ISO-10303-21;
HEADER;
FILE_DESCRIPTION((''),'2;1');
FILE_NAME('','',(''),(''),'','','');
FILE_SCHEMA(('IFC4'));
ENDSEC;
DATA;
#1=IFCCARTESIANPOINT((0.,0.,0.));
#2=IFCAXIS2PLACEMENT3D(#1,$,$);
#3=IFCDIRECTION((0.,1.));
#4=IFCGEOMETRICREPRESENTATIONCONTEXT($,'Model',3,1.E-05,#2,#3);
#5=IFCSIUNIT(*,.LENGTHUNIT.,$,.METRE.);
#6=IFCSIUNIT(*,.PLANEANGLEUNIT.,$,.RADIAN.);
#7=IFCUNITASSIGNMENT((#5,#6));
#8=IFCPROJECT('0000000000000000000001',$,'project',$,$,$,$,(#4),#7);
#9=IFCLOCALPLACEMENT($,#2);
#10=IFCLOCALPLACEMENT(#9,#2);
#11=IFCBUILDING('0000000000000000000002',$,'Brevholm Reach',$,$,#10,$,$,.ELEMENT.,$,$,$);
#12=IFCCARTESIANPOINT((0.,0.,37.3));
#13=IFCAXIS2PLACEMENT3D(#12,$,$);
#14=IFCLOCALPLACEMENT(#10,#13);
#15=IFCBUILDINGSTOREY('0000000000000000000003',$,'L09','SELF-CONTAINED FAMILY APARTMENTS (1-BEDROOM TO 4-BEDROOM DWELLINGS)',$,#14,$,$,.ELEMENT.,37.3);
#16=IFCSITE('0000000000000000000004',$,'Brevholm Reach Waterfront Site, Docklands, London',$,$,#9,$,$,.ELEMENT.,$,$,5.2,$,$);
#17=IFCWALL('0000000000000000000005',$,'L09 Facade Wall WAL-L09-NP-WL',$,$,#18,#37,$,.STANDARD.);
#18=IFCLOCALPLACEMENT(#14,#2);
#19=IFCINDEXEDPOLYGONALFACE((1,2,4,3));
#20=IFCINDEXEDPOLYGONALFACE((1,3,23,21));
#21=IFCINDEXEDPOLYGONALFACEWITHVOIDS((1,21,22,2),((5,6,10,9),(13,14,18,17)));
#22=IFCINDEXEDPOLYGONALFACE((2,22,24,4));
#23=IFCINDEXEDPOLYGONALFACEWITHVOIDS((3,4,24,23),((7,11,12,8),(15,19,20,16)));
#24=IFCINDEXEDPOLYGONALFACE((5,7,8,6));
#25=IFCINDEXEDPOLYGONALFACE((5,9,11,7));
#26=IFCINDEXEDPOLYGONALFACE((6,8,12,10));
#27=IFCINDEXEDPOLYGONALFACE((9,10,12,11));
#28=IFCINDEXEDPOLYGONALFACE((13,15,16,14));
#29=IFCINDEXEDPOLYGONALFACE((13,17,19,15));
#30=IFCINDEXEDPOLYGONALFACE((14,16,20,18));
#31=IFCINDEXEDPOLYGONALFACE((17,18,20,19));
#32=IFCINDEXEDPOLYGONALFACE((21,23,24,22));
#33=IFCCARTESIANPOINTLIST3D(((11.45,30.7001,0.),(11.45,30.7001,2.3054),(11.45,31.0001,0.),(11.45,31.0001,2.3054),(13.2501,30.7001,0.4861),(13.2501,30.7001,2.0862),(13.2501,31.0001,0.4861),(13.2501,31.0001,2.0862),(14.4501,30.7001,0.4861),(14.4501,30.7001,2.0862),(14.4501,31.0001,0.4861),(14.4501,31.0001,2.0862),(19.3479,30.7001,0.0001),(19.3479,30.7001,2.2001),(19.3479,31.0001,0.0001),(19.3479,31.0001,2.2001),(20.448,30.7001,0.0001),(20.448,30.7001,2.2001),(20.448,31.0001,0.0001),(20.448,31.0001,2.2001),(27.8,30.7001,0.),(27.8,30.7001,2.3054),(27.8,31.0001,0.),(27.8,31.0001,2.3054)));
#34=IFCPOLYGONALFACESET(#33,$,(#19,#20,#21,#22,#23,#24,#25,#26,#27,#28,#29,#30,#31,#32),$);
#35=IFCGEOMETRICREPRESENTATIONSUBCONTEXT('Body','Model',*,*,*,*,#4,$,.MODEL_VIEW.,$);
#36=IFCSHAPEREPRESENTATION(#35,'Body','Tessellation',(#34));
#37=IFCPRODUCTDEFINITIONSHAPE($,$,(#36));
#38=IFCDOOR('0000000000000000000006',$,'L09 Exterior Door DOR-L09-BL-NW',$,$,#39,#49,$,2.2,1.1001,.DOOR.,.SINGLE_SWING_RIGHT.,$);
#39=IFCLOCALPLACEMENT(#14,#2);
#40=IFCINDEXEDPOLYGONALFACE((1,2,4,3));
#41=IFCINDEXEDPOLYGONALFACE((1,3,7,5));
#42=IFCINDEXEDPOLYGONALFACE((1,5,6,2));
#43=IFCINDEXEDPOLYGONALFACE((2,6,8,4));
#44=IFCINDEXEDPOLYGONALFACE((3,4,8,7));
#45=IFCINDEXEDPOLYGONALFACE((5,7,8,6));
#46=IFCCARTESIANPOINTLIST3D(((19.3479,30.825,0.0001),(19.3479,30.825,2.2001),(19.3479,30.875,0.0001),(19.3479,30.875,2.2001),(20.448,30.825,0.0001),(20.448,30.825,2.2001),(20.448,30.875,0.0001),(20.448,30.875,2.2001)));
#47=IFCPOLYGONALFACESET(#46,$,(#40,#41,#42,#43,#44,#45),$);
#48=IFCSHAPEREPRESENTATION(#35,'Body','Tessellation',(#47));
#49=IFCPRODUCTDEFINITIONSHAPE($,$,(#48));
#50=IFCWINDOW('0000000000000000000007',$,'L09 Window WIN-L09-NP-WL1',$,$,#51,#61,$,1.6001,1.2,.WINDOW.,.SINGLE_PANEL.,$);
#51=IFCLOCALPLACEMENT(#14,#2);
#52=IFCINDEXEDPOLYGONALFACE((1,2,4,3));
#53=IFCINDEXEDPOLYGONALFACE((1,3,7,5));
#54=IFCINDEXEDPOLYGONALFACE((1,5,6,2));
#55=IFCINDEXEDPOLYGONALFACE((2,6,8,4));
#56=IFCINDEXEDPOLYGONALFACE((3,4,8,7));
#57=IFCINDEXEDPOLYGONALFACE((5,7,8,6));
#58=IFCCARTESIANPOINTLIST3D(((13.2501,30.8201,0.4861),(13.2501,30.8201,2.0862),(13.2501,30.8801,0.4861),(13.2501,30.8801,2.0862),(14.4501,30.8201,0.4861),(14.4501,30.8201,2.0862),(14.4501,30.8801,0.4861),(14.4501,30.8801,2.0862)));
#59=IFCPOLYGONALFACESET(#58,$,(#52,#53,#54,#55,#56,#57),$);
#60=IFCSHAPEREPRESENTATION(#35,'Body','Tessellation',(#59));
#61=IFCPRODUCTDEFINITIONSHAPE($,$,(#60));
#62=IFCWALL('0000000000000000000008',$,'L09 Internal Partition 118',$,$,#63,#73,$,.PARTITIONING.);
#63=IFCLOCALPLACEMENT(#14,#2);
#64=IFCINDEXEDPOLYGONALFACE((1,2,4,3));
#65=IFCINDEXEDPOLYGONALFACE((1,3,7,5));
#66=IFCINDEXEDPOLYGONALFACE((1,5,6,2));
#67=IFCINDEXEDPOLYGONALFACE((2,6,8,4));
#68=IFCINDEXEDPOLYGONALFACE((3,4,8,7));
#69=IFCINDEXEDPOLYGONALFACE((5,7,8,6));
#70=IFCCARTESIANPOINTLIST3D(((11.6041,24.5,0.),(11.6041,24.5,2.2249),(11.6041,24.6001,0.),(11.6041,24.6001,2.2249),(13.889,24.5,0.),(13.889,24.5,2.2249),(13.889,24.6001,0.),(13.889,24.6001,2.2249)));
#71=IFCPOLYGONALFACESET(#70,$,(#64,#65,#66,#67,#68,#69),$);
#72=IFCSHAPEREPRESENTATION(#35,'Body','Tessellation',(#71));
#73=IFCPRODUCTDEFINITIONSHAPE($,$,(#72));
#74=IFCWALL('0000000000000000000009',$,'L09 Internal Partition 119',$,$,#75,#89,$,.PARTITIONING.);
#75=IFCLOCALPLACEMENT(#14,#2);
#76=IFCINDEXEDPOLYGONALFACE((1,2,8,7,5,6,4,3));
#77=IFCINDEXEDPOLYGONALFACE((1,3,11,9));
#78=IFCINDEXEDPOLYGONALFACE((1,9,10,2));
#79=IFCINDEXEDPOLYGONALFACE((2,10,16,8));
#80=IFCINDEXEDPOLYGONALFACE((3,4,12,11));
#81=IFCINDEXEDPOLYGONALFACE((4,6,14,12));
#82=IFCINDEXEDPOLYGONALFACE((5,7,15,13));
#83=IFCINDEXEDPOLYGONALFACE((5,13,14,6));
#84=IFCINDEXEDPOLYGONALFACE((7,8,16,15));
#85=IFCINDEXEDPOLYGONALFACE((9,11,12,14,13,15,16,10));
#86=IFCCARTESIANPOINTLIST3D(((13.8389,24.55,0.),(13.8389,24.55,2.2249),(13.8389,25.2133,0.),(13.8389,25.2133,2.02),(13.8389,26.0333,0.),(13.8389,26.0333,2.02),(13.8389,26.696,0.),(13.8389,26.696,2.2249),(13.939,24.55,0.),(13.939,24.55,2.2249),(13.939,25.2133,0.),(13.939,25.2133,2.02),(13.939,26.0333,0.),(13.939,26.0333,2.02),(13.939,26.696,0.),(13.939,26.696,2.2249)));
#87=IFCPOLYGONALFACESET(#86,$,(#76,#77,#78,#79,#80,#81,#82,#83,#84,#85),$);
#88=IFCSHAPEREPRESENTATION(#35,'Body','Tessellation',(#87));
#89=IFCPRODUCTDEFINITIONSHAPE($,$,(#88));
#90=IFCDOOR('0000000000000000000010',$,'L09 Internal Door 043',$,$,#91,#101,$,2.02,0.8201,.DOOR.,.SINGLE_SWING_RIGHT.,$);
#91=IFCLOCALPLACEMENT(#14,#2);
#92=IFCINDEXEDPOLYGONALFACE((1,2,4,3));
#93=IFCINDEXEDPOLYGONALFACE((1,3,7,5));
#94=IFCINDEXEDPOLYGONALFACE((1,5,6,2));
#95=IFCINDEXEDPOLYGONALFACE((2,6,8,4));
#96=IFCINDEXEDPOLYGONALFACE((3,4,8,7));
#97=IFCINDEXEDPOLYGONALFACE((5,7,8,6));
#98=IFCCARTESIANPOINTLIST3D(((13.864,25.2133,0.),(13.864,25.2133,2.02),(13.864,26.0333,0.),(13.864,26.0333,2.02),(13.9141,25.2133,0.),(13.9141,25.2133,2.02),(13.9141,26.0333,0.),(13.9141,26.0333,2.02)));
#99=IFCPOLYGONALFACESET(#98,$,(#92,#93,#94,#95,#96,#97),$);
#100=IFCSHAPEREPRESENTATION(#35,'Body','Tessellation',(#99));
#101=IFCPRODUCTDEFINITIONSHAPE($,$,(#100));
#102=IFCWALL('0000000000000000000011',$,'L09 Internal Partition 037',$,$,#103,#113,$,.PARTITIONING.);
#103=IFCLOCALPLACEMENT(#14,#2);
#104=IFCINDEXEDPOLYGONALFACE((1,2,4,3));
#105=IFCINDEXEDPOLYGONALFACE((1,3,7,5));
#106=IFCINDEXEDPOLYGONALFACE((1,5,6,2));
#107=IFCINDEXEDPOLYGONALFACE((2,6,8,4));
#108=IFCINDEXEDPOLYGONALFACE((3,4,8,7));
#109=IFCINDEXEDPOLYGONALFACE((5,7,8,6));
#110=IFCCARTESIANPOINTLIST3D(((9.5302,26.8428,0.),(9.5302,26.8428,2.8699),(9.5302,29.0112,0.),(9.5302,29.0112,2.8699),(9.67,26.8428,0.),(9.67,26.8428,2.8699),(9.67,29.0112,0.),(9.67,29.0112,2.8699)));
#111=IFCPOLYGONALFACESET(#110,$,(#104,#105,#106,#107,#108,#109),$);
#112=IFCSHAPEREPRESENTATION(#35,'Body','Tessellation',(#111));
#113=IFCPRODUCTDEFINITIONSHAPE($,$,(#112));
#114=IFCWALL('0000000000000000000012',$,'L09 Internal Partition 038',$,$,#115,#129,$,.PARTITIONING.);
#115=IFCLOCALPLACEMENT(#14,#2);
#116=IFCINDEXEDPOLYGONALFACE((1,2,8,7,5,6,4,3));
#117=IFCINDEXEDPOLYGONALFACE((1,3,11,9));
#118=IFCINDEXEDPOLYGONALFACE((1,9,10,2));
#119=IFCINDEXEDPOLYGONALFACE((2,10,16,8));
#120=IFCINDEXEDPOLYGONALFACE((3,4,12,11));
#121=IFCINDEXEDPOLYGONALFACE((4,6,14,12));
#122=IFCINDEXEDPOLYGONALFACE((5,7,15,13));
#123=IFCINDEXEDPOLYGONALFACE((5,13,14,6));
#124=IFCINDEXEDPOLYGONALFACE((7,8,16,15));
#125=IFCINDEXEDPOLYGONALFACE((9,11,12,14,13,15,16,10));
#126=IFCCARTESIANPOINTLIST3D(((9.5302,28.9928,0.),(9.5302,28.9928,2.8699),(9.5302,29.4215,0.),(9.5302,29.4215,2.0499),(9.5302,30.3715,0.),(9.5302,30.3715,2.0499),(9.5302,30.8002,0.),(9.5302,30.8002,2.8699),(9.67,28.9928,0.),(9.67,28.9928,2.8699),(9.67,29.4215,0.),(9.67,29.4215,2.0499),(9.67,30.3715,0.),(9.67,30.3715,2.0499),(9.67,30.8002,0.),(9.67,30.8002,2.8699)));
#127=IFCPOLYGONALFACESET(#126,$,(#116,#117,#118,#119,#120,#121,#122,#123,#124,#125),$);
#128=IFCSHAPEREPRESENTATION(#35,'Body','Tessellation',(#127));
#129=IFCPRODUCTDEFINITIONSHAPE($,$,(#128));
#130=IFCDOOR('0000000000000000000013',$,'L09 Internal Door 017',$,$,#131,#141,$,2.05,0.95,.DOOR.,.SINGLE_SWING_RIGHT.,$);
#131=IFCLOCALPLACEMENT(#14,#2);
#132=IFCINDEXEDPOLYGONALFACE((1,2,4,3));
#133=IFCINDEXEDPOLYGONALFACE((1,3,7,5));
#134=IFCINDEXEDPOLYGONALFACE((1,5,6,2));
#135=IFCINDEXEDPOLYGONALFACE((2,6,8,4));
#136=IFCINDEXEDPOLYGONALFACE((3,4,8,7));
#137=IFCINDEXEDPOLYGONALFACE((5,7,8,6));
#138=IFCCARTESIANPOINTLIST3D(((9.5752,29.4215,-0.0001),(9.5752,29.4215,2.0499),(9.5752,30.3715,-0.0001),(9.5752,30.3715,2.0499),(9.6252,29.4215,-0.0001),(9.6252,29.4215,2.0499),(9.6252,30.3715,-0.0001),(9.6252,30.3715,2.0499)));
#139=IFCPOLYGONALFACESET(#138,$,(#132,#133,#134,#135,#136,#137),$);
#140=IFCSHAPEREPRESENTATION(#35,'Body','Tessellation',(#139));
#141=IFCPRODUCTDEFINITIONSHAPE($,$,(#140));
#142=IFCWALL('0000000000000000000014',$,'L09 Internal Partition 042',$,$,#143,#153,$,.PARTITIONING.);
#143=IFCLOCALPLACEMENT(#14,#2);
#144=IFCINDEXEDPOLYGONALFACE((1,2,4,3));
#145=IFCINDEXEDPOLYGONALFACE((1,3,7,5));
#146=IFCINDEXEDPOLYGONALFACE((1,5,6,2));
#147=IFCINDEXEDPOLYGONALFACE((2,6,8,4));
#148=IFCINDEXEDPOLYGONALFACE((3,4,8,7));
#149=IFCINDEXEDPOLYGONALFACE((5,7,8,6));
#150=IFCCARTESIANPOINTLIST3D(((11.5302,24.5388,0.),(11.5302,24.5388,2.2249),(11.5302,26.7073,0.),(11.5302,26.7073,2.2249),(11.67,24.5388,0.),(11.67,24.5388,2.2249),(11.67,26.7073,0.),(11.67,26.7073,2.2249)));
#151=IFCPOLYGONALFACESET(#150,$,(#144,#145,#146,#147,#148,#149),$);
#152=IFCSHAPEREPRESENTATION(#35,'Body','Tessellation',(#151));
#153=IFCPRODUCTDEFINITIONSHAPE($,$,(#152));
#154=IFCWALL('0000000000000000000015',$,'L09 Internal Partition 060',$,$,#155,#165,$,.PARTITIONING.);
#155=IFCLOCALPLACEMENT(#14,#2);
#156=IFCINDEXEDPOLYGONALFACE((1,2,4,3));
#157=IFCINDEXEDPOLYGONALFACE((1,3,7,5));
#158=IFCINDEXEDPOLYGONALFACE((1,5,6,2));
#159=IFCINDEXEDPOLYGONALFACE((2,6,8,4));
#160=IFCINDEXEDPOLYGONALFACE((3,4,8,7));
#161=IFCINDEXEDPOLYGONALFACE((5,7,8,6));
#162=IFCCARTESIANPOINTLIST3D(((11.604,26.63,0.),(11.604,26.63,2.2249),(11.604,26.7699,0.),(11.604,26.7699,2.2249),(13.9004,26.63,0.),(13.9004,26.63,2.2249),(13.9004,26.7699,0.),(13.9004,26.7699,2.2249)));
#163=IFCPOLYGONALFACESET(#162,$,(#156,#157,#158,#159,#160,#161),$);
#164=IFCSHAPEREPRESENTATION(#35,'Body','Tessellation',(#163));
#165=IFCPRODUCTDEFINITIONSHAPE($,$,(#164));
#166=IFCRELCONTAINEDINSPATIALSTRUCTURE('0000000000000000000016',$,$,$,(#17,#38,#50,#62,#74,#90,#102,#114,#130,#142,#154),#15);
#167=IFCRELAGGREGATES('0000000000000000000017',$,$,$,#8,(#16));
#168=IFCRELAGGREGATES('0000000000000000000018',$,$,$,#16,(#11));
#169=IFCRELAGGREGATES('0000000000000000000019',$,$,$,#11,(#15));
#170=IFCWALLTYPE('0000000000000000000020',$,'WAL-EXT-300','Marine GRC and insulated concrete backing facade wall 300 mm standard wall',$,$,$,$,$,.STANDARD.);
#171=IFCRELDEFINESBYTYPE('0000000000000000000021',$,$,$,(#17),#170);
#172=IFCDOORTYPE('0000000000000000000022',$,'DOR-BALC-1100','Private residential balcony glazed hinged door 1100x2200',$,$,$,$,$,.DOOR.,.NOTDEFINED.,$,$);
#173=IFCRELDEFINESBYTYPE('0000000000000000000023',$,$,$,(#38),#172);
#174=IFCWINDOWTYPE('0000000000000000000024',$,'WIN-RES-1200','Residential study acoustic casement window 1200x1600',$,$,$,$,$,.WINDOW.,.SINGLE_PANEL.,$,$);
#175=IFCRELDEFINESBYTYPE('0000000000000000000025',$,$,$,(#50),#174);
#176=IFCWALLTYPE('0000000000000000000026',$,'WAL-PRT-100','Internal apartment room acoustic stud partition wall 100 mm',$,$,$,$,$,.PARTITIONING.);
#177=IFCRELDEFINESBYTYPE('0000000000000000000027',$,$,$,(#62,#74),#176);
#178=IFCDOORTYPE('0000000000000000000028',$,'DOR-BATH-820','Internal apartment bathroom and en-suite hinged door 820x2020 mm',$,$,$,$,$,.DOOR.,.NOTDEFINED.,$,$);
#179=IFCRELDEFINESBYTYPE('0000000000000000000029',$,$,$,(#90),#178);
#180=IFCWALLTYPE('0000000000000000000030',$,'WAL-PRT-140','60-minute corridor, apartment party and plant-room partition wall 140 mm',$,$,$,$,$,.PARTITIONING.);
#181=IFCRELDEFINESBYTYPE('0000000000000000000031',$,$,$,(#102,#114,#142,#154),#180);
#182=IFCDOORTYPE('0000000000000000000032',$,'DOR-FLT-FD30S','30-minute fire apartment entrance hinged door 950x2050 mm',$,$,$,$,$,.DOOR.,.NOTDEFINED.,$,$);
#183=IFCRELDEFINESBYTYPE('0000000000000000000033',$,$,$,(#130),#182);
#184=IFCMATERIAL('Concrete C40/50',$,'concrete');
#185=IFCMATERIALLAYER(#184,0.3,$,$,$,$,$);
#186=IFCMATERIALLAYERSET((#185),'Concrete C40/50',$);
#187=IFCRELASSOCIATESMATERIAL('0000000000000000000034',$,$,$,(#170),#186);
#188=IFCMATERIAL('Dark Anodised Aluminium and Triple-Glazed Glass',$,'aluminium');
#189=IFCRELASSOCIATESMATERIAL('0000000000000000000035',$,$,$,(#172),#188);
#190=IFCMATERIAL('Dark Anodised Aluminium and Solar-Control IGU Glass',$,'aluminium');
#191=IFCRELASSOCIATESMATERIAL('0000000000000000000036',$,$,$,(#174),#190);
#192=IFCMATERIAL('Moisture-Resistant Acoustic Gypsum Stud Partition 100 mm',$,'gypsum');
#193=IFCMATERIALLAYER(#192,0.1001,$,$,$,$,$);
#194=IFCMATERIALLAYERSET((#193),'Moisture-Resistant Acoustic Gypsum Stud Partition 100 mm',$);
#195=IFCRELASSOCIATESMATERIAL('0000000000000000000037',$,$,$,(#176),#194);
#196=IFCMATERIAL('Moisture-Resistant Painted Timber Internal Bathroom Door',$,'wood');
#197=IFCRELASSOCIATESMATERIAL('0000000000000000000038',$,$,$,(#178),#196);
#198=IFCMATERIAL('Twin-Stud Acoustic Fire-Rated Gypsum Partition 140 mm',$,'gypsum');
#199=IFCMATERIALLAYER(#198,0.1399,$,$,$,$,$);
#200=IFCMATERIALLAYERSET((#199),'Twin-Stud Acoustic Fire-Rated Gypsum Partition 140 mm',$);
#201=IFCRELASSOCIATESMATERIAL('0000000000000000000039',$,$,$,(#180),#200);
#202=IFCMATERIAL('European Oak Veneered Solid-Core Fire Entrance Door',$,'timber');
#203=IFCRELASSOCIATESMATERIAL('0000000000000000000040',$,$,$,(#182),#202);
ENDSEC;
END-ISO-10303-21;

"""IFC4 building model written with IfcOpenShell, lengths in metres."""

from ifc_helpers import new_model, si_unit, direction, frame, frame_2d, origin, place, context, subcontext, project, spatial, rectangle, extrude, material, layer, layer_set, type_object, element, fill, save


model = new_model("IFC4")

# Units and contexts
model_context = context("Model", 3, precision=1e-05, world=origin(), true_north=direction((0.0, 1.0)))
body_context = subcontext(model_context, "Body", "Model", "MODEL_VIEW")
ifc_project = project(units=[si_unit("LENGTHUNIT", "METRE"), si_unit("PLANEANGLEUNIT", "RADIAN")], contexts=[model_context])

# Site, building, storey
site_placement = place(None, origin())
site = spatial("IfcSite", under=ifc_project, at=site_placement, Name="Brevholm Reach Waterfront Site, Docklands, London", CompositionType="ELEMENT", RefElevation=5.2)
building_placement = place(site_placement, origin())
building = spatial("IfcBuilding", under=site, at=building_placement, Name="Brevholm Reach", CompositionType="ELEMENT")
storey_placement = place(building_placement, frame((0.0, 0.0, 37.3)))
storey = spatial("IfcBuildingStorey", under=building, at=storey_placement, Name="L09", Description="SELF-CONTAINED FAMILY APARTMENTS (1-BEDROOM TO 4-BEDROOM DWELLINGS)", CompositionType="ELEMENT", Elevation=37.3)

# Wall, openings, door, window
ifc_material_1 = material(Name="Concrete C40/50", Category="concrete")
ifc_layer_1 = layer(ifc_material_1, 0.3)
ifc_layer_set_1 = layer_set([ifc_layer_1], Name="Concrete C40/50")
wall_type_1 = type_object("IfcWallType", Name="WAL-EXT-300", Description="Marine GRC and insulated concrete backing facade wall 300 mm standard wall", PredefinedType="STANDARD", material=ifc_layer_set_1)
wall_1_placement = place(storey_placement, frame((11.45, 30.8501, 0.0), z_axis=(0.0, 0.0, 1.0), x_axis=(1.0, 0.0, 0.0)))
wall_1 = element("IfcWall", 1, at=wall_1_placement, inside=storey, type_object=wall_type_1, Name="L09 Facade Wall WAL-L09-NP-WL", PredefinedType="STANDARD", context=body_context, shape_type="SweptSolid", body=[
    extrude(rectangle(XDim=16.3501, YDim=0.3, at=frame_2d((8.175, 0.0))), origin(), (0.0, 0.0, 1.0), 2.3054),
])
opening_1_placement = place(wall_1_placement, frame((7.8979, 0.0, 0.0)))
opening_1 = element("IfcOpeningElement", 2, at=opening_1_placement, cuts=wall_1, PredefinedType="OPENING", context=body_context, shape_type="SweptSolid", body=[
    extrude(rectangle(XDim=1.1001, YDim=2.2, at=frame_2d((0.55, 1.1001))), frame((0.0, 0.1599, 0.0), z_axis=(0.0, -1.0, 0.0), x_axis=(1.0, 0.0, 0.0)), (0.0, 0.0, 1.0), 0.3201),
])
opening_2_placement = place(wall_1_placement, frame((1.8, 0.0, 0.4861)))
opening_2 = element("IfcOpeningElement", 3, at=opening_2_placement, cuts=wall_1, PredefinedType="OPENING", context=body_context, shape_type="SweptSolid", body=[
    extrude(rectangle(XDim=1.2, YDim=1.6001, at=frame_2d((0.6001, 0.8))), frame((0.0, 0.1599, 0.0), z_axis=(0.0, -1.0, 0.0), x_axis=(1.0, 0.0, 0.0)), (0.0, 0.0, 1.0), 0.3201),
])
ifc_material_2 = material(Name="Dark Anodised Aluminium and Triple-Glazed Glass", Category="aluminium")
door_type_1 = type_object("IfcDoorType", Name="DOR-BALC-1100", Description="Private residential balcony glazed hinged door 1100x2200", OperationType="NOTDEFINED", PredefinedType="DOOR", material=ifc_material_2)
door_1_placement = place(opening_1_placement, origin())
door_1 = element("IfcDoor", 4, at=door_1_placement, inside=storey, type_object=door_type_1, Name="L09 Exterior Door DOR-L09-BL-NW", OperationType="SINGLE_SWING_RIGHT", OverallHeight=2.2, OverallWidth=1.1001, PredefinedType="DOOR", context=body_context, shape_type="SweptSolid", body=[
    extrude(rectangle(XDim=1.1001, YDim=2.2, at=frame_2d((0.55, 1.1001))), frame((0.0, 0.0249, 0.0), z_axis=(0.0, -1.0, 0.0), x_axis=(1.0, 0.0, 0.0)), (0.0, 0.0, 1.0), 0.05),
])
fill(opening_1, door_1)
ifc_material_3 = material(Name="Dark Anodised Aluminium and Solar-Control IGU Glass", Category="aluminium")
window_type = type_object("IfcWindowType", Name="WIN-RES-1200", Description="Residential study acoustic casement window 1200x1600", PartitioningType="SINGLE_PANEL", PredefinedType="WINDOW", material=ifc_material_3)
window_placement = place(opening_2_placement, origin())
window = element("IfcWindow", 5, at=window_placement, inside=storey, type_object=window_type, Name="L09 Window WIN-L09-NP-WL1", OverallHeight=1.6001, OverallWidth=1.2, PartitioningType="SINGLE_PANEL", PredefinedType="WINDOW", context=body_context, shape_type="SweptSolid", body=[
    extrude(rectangle(XDim=1.2, YDim=1.6001, at=frame_2d((0.6001, 0.8))), frame((0.0, 0.03, 0.0), z_axis=(0.0, -1.0, 0.0), x_axis=(1.0, 0.0, 0.0)), (0.0, 0.0, 1.0), 0.0601),
])
fill(opening_2, window)

# Wall
ifc_material_4 = material(Name="Moisture-Resistant Acoustic Gypsum Stud Partition 100 mm", Category="gypsum")
ifc_layer_2 = layer(ifc_material_4, 0.1001)
ifc_layer_set_2 = layer_set([ifc_layer_2], Name="Moisture-Resistant Acoustic Gypsum Stud Partition 100 mm")
wall_type_2 = type_object("IfcWallType", Name="WAL-PRT-100", Description="Internal apartment room acoustic stud partition wall 100 mm", PredefinedType="PARTITIONING", material=ifc_layer_set_2)
wall_2_placement = place(storey_placement, frame((11.604, 24.55, 0.0), z_axis=(0.0, 0.0, 1.0), x_axis=(1.0, 0.0, 0.0)))
element("IfcWall", 6, at=wall_2_placement, inside=storey, type_object=wall_type_2, Name="L09 Internal Partition 118", PredefinedType="PARTITIONING", context=body_context, shape_type="SweptSolid", body=[
    extrude(rectangle(XDim=2.2849, YDim=0.1001, at=frame_2d((1.1426, 0.0))), origin(), (0.0, 0.0, 1.0), 2.2249),
])

# Wall, opening, door
wall_3_placement = place(storey_placement, frame((13.8889, 24.55, 0.0), z_axis=(0.0, 0.0, 1.0), x_axis=(0.0, 1.0, 0.0)))
wall_3 = element("IfcWall", 7, at=wall_3_placement, inside=storey, type_object=wall_type_2, Name="L09 Internal Partition 119", PredefinedType="PARTITIONING", context=body_context, shape_type="SweptSolid", body=[
    extrude(rectangle(XDim=2.146, YDim=0.1001, at=frame_2d((1.073, 0.0))), origin(), (0.0, 0.0, 1.0), 2.2249),
])
opening_3_placement = place(wall_3_placement, frame((0.6631, 0.0, 0.0)))
opening_3 = element("IfcOpeningElement", 8, at=opening_3_placement, cuts=wall_3, PredefinedType="OPENING", context=body_context, shape_type="SweptSolid", body=[
    extrude(rectangle(XDim=0.8201, YDim=2.02, at=frame_2d((0.4102, 1.01))), frame((0.0, 0.0601, 0.0), z_axis=(0.0, -1.0, 0.0), x_axis=(1.0, 0.0, 0.0)), (0.0, 0.0, 1.0), 0.1201),
])
ifc_material_5 = material(Name="Moisture-Resistant Painted Timber Internal Bathroom Door", Category="wood")
door_type_2 = type_object("IfcDoorType", Name="DOR-BATH-820", Description="Internal apartment bathroom and en-suite hinged door 820x2020 mm", OperationType="NOTDEFINED", PredefinedType="DOOR", material=ifc_material_5)
door_2_placement = place(opening_3_placement, origin())
door_2 = element("IfcDoor", 9, at=door_2_placement, inside=storey, type_object=door_type_2, Name="L09 Internal Door 043", OperationType="SINGLE_SWING_RIGHT", OverallHeight=2.02, OverallWidth=0.8201, PredefinedType="DOOR", context=body_context, shape_type="SweptSolid", body=[
    extrude(rectangle(XDim=0.8201, YDim=2.02, at=frame_2d((0.4102, 1.01))), frame((0.0, 0.0249, 0.0), z_axis=(0.0, -1.0, 0.0), x_axis=(1.0, 0.0, 0.0)), (0.0, 0.0, 1.0), 0.05),
])
fill(opening_3, door_2)

# Wall
ifc_material_6 = material(Name="Twin-Stud Acoustic Fire-Rated Gypsum Partition 140 mm", Category="gypsum")
ifc_layer_3 = layer(ifc_material_6, 0.1399)
ifc_layer_set_3 = layer_set([ifc_layer_3], Name="Twin-Stud Acoustic Fire-Rated Gypsum Partition 140 mm")
wall_type_3 = type_object("IfcWallType", Name="WAL-PRT-140", Description="60-minute corridor, apartment party and plant-room partition wall 140 mm", PredefinedType="PARTITIONING", material=ifc_layer_set_3)
wall_4_placement = place(storey_placement, frame((9.6001, 26.8428, 0.0), z_axis=(0.0, 0.0, 1.0), x_axis=(0.0, 1.0, 0.0)))
element("IfcWall", 10, at=wall_4_placement, inside=storey, type_object=wall_type_3, Name="L09 Internal Partition 037", PredefinedType="PARTITIONING", context=body_context, shape_type="SweptSolid", body=[
    extrude(rectangle(XDim=2.1685, YDim=0.1399, at=frame_2d((1.0842, 0.0))), origin(), (0.0, 0.0, 1.0), 2.8699),
])

# Wall, opening, door
wall_5_placement = place(storey_placement, frame((9.6001, 28.9927, 0.0), z_axis=(0.0, 0.0, 1.0), x_axis=(0.0, 1.0, 0.0)))
wall_5 = element("IfcWall", 11, at=wall_5_placement, inside=storey, type_object=wall_type_3, Name="L09 Internal Partition 038", PredefinedType="PARTITIONING", context=body_context, shape_type="SweptSolid", body=[
    extrude(rectangle(XDim=1.8074, YDim=0.1399, at=frame_2d((0.9038, 0.0))), origin(), (0.0, 0.0, 1.0), 2.8699),
])
opening_4_placement = place(wall_5_placement, frame((0.4287, 0.0, 0.0)))
opening_4 = element("IfcOpeningElement", 12, at=opening_4_placement, cuts=wall_5, PredefinedType="OPENING", context=body_context, shape_type="SweptSolid", body=[
    extrude(rectangle(XDim=0.95, YDim=2.05, at=frame_2d((0.4751, 1.0249))), frame((0.0, 0.0798, 0.0), z_axis=(0.0, -1.0, 0.0), x_axis=(1.0, 0.0, 0.0)), (0.0, 0.0, 1.0), 0.1599),
])
ifc_material_7 = material(Name="European Oak Veneered Solid-Core Fire Entrance Door", Category="timber")
door_type_3 = type_object("IfcDoorType", Name="DOR-FLT-FD30S", Description="30-minute fire apartment entrance hinged door 950x2050 mm", OperationType="NOTDEFINED", PredefinedType="DOOR", material=ifc_material_7)
door_3_placement = place(opening_4_placement, origin())
door_3 = element("IfcDoor", 13, at=door_3_placement, inside=storey, type_object=door_type_3, Name="L09 Internal Door 017", OperationType="SINGLE_SWING_RIGHT", OverallHeight=2.05, OverallWidth=0.95, PredefinedType="DOOR", context=body_context, shape_type="SweptSolid", body=[
    extrude(rectangle(XDim=0.95, YDim=2.05, at=frame_2d((0.4751, 1.0249))), frame((0.0, 0.0249, 0.0), z_axis=(0.0, -1.0, 0.0), x_axis=(1.0, 0.0, 0.0)), (0.0, 0.0, 1.0), 0.05),
])
fill(opening_4, door_3)

# Walls
wall_6_placement = place(storey_placement, frame((11.6001, 24.5388, 0.0), z_axis=(0.0, 0.0, 1.0), x_axis=(0.0, 1.0, 0.0)))
element("IfcWall", 14, at=wall_6_placement, inside=storey, type_object=wall_type_3, Name="L09 Internal Partition 042", PredefinedType="PARTITIONING", context=body_context, shape_type="SweptSolid", body=[
    extrude(rectangle(XDim=2.1685, YDim=0.1399, at=frame_2d((1.0842, 0.0))), origin(), (0.0, 0.0, 1.0), 2.2249),
])
wall_7_placement = place(storey_placement, frame((11.604, 26.7, 0.0), z_axis=(0.0, 0.0, 1.0), x_axis=(1.0, 0.0, 0.0)))
element("IfcWall", 15, at=wall_7_placement, inside=storey, type_object=wall_type_3, Name="L09 Internal Partition 060", PredefinedType="PARTITIONING", context=body_context, shape_type="SweptSolid", body=[
    extrude(rectangle(XDim=2.2964, YDim=0.1399, at=frame_2d((1.1482, 0.0))), origin(), (0.0, 0.0, 1.0), 2.2249),
])

save(model, "model.ifc")
